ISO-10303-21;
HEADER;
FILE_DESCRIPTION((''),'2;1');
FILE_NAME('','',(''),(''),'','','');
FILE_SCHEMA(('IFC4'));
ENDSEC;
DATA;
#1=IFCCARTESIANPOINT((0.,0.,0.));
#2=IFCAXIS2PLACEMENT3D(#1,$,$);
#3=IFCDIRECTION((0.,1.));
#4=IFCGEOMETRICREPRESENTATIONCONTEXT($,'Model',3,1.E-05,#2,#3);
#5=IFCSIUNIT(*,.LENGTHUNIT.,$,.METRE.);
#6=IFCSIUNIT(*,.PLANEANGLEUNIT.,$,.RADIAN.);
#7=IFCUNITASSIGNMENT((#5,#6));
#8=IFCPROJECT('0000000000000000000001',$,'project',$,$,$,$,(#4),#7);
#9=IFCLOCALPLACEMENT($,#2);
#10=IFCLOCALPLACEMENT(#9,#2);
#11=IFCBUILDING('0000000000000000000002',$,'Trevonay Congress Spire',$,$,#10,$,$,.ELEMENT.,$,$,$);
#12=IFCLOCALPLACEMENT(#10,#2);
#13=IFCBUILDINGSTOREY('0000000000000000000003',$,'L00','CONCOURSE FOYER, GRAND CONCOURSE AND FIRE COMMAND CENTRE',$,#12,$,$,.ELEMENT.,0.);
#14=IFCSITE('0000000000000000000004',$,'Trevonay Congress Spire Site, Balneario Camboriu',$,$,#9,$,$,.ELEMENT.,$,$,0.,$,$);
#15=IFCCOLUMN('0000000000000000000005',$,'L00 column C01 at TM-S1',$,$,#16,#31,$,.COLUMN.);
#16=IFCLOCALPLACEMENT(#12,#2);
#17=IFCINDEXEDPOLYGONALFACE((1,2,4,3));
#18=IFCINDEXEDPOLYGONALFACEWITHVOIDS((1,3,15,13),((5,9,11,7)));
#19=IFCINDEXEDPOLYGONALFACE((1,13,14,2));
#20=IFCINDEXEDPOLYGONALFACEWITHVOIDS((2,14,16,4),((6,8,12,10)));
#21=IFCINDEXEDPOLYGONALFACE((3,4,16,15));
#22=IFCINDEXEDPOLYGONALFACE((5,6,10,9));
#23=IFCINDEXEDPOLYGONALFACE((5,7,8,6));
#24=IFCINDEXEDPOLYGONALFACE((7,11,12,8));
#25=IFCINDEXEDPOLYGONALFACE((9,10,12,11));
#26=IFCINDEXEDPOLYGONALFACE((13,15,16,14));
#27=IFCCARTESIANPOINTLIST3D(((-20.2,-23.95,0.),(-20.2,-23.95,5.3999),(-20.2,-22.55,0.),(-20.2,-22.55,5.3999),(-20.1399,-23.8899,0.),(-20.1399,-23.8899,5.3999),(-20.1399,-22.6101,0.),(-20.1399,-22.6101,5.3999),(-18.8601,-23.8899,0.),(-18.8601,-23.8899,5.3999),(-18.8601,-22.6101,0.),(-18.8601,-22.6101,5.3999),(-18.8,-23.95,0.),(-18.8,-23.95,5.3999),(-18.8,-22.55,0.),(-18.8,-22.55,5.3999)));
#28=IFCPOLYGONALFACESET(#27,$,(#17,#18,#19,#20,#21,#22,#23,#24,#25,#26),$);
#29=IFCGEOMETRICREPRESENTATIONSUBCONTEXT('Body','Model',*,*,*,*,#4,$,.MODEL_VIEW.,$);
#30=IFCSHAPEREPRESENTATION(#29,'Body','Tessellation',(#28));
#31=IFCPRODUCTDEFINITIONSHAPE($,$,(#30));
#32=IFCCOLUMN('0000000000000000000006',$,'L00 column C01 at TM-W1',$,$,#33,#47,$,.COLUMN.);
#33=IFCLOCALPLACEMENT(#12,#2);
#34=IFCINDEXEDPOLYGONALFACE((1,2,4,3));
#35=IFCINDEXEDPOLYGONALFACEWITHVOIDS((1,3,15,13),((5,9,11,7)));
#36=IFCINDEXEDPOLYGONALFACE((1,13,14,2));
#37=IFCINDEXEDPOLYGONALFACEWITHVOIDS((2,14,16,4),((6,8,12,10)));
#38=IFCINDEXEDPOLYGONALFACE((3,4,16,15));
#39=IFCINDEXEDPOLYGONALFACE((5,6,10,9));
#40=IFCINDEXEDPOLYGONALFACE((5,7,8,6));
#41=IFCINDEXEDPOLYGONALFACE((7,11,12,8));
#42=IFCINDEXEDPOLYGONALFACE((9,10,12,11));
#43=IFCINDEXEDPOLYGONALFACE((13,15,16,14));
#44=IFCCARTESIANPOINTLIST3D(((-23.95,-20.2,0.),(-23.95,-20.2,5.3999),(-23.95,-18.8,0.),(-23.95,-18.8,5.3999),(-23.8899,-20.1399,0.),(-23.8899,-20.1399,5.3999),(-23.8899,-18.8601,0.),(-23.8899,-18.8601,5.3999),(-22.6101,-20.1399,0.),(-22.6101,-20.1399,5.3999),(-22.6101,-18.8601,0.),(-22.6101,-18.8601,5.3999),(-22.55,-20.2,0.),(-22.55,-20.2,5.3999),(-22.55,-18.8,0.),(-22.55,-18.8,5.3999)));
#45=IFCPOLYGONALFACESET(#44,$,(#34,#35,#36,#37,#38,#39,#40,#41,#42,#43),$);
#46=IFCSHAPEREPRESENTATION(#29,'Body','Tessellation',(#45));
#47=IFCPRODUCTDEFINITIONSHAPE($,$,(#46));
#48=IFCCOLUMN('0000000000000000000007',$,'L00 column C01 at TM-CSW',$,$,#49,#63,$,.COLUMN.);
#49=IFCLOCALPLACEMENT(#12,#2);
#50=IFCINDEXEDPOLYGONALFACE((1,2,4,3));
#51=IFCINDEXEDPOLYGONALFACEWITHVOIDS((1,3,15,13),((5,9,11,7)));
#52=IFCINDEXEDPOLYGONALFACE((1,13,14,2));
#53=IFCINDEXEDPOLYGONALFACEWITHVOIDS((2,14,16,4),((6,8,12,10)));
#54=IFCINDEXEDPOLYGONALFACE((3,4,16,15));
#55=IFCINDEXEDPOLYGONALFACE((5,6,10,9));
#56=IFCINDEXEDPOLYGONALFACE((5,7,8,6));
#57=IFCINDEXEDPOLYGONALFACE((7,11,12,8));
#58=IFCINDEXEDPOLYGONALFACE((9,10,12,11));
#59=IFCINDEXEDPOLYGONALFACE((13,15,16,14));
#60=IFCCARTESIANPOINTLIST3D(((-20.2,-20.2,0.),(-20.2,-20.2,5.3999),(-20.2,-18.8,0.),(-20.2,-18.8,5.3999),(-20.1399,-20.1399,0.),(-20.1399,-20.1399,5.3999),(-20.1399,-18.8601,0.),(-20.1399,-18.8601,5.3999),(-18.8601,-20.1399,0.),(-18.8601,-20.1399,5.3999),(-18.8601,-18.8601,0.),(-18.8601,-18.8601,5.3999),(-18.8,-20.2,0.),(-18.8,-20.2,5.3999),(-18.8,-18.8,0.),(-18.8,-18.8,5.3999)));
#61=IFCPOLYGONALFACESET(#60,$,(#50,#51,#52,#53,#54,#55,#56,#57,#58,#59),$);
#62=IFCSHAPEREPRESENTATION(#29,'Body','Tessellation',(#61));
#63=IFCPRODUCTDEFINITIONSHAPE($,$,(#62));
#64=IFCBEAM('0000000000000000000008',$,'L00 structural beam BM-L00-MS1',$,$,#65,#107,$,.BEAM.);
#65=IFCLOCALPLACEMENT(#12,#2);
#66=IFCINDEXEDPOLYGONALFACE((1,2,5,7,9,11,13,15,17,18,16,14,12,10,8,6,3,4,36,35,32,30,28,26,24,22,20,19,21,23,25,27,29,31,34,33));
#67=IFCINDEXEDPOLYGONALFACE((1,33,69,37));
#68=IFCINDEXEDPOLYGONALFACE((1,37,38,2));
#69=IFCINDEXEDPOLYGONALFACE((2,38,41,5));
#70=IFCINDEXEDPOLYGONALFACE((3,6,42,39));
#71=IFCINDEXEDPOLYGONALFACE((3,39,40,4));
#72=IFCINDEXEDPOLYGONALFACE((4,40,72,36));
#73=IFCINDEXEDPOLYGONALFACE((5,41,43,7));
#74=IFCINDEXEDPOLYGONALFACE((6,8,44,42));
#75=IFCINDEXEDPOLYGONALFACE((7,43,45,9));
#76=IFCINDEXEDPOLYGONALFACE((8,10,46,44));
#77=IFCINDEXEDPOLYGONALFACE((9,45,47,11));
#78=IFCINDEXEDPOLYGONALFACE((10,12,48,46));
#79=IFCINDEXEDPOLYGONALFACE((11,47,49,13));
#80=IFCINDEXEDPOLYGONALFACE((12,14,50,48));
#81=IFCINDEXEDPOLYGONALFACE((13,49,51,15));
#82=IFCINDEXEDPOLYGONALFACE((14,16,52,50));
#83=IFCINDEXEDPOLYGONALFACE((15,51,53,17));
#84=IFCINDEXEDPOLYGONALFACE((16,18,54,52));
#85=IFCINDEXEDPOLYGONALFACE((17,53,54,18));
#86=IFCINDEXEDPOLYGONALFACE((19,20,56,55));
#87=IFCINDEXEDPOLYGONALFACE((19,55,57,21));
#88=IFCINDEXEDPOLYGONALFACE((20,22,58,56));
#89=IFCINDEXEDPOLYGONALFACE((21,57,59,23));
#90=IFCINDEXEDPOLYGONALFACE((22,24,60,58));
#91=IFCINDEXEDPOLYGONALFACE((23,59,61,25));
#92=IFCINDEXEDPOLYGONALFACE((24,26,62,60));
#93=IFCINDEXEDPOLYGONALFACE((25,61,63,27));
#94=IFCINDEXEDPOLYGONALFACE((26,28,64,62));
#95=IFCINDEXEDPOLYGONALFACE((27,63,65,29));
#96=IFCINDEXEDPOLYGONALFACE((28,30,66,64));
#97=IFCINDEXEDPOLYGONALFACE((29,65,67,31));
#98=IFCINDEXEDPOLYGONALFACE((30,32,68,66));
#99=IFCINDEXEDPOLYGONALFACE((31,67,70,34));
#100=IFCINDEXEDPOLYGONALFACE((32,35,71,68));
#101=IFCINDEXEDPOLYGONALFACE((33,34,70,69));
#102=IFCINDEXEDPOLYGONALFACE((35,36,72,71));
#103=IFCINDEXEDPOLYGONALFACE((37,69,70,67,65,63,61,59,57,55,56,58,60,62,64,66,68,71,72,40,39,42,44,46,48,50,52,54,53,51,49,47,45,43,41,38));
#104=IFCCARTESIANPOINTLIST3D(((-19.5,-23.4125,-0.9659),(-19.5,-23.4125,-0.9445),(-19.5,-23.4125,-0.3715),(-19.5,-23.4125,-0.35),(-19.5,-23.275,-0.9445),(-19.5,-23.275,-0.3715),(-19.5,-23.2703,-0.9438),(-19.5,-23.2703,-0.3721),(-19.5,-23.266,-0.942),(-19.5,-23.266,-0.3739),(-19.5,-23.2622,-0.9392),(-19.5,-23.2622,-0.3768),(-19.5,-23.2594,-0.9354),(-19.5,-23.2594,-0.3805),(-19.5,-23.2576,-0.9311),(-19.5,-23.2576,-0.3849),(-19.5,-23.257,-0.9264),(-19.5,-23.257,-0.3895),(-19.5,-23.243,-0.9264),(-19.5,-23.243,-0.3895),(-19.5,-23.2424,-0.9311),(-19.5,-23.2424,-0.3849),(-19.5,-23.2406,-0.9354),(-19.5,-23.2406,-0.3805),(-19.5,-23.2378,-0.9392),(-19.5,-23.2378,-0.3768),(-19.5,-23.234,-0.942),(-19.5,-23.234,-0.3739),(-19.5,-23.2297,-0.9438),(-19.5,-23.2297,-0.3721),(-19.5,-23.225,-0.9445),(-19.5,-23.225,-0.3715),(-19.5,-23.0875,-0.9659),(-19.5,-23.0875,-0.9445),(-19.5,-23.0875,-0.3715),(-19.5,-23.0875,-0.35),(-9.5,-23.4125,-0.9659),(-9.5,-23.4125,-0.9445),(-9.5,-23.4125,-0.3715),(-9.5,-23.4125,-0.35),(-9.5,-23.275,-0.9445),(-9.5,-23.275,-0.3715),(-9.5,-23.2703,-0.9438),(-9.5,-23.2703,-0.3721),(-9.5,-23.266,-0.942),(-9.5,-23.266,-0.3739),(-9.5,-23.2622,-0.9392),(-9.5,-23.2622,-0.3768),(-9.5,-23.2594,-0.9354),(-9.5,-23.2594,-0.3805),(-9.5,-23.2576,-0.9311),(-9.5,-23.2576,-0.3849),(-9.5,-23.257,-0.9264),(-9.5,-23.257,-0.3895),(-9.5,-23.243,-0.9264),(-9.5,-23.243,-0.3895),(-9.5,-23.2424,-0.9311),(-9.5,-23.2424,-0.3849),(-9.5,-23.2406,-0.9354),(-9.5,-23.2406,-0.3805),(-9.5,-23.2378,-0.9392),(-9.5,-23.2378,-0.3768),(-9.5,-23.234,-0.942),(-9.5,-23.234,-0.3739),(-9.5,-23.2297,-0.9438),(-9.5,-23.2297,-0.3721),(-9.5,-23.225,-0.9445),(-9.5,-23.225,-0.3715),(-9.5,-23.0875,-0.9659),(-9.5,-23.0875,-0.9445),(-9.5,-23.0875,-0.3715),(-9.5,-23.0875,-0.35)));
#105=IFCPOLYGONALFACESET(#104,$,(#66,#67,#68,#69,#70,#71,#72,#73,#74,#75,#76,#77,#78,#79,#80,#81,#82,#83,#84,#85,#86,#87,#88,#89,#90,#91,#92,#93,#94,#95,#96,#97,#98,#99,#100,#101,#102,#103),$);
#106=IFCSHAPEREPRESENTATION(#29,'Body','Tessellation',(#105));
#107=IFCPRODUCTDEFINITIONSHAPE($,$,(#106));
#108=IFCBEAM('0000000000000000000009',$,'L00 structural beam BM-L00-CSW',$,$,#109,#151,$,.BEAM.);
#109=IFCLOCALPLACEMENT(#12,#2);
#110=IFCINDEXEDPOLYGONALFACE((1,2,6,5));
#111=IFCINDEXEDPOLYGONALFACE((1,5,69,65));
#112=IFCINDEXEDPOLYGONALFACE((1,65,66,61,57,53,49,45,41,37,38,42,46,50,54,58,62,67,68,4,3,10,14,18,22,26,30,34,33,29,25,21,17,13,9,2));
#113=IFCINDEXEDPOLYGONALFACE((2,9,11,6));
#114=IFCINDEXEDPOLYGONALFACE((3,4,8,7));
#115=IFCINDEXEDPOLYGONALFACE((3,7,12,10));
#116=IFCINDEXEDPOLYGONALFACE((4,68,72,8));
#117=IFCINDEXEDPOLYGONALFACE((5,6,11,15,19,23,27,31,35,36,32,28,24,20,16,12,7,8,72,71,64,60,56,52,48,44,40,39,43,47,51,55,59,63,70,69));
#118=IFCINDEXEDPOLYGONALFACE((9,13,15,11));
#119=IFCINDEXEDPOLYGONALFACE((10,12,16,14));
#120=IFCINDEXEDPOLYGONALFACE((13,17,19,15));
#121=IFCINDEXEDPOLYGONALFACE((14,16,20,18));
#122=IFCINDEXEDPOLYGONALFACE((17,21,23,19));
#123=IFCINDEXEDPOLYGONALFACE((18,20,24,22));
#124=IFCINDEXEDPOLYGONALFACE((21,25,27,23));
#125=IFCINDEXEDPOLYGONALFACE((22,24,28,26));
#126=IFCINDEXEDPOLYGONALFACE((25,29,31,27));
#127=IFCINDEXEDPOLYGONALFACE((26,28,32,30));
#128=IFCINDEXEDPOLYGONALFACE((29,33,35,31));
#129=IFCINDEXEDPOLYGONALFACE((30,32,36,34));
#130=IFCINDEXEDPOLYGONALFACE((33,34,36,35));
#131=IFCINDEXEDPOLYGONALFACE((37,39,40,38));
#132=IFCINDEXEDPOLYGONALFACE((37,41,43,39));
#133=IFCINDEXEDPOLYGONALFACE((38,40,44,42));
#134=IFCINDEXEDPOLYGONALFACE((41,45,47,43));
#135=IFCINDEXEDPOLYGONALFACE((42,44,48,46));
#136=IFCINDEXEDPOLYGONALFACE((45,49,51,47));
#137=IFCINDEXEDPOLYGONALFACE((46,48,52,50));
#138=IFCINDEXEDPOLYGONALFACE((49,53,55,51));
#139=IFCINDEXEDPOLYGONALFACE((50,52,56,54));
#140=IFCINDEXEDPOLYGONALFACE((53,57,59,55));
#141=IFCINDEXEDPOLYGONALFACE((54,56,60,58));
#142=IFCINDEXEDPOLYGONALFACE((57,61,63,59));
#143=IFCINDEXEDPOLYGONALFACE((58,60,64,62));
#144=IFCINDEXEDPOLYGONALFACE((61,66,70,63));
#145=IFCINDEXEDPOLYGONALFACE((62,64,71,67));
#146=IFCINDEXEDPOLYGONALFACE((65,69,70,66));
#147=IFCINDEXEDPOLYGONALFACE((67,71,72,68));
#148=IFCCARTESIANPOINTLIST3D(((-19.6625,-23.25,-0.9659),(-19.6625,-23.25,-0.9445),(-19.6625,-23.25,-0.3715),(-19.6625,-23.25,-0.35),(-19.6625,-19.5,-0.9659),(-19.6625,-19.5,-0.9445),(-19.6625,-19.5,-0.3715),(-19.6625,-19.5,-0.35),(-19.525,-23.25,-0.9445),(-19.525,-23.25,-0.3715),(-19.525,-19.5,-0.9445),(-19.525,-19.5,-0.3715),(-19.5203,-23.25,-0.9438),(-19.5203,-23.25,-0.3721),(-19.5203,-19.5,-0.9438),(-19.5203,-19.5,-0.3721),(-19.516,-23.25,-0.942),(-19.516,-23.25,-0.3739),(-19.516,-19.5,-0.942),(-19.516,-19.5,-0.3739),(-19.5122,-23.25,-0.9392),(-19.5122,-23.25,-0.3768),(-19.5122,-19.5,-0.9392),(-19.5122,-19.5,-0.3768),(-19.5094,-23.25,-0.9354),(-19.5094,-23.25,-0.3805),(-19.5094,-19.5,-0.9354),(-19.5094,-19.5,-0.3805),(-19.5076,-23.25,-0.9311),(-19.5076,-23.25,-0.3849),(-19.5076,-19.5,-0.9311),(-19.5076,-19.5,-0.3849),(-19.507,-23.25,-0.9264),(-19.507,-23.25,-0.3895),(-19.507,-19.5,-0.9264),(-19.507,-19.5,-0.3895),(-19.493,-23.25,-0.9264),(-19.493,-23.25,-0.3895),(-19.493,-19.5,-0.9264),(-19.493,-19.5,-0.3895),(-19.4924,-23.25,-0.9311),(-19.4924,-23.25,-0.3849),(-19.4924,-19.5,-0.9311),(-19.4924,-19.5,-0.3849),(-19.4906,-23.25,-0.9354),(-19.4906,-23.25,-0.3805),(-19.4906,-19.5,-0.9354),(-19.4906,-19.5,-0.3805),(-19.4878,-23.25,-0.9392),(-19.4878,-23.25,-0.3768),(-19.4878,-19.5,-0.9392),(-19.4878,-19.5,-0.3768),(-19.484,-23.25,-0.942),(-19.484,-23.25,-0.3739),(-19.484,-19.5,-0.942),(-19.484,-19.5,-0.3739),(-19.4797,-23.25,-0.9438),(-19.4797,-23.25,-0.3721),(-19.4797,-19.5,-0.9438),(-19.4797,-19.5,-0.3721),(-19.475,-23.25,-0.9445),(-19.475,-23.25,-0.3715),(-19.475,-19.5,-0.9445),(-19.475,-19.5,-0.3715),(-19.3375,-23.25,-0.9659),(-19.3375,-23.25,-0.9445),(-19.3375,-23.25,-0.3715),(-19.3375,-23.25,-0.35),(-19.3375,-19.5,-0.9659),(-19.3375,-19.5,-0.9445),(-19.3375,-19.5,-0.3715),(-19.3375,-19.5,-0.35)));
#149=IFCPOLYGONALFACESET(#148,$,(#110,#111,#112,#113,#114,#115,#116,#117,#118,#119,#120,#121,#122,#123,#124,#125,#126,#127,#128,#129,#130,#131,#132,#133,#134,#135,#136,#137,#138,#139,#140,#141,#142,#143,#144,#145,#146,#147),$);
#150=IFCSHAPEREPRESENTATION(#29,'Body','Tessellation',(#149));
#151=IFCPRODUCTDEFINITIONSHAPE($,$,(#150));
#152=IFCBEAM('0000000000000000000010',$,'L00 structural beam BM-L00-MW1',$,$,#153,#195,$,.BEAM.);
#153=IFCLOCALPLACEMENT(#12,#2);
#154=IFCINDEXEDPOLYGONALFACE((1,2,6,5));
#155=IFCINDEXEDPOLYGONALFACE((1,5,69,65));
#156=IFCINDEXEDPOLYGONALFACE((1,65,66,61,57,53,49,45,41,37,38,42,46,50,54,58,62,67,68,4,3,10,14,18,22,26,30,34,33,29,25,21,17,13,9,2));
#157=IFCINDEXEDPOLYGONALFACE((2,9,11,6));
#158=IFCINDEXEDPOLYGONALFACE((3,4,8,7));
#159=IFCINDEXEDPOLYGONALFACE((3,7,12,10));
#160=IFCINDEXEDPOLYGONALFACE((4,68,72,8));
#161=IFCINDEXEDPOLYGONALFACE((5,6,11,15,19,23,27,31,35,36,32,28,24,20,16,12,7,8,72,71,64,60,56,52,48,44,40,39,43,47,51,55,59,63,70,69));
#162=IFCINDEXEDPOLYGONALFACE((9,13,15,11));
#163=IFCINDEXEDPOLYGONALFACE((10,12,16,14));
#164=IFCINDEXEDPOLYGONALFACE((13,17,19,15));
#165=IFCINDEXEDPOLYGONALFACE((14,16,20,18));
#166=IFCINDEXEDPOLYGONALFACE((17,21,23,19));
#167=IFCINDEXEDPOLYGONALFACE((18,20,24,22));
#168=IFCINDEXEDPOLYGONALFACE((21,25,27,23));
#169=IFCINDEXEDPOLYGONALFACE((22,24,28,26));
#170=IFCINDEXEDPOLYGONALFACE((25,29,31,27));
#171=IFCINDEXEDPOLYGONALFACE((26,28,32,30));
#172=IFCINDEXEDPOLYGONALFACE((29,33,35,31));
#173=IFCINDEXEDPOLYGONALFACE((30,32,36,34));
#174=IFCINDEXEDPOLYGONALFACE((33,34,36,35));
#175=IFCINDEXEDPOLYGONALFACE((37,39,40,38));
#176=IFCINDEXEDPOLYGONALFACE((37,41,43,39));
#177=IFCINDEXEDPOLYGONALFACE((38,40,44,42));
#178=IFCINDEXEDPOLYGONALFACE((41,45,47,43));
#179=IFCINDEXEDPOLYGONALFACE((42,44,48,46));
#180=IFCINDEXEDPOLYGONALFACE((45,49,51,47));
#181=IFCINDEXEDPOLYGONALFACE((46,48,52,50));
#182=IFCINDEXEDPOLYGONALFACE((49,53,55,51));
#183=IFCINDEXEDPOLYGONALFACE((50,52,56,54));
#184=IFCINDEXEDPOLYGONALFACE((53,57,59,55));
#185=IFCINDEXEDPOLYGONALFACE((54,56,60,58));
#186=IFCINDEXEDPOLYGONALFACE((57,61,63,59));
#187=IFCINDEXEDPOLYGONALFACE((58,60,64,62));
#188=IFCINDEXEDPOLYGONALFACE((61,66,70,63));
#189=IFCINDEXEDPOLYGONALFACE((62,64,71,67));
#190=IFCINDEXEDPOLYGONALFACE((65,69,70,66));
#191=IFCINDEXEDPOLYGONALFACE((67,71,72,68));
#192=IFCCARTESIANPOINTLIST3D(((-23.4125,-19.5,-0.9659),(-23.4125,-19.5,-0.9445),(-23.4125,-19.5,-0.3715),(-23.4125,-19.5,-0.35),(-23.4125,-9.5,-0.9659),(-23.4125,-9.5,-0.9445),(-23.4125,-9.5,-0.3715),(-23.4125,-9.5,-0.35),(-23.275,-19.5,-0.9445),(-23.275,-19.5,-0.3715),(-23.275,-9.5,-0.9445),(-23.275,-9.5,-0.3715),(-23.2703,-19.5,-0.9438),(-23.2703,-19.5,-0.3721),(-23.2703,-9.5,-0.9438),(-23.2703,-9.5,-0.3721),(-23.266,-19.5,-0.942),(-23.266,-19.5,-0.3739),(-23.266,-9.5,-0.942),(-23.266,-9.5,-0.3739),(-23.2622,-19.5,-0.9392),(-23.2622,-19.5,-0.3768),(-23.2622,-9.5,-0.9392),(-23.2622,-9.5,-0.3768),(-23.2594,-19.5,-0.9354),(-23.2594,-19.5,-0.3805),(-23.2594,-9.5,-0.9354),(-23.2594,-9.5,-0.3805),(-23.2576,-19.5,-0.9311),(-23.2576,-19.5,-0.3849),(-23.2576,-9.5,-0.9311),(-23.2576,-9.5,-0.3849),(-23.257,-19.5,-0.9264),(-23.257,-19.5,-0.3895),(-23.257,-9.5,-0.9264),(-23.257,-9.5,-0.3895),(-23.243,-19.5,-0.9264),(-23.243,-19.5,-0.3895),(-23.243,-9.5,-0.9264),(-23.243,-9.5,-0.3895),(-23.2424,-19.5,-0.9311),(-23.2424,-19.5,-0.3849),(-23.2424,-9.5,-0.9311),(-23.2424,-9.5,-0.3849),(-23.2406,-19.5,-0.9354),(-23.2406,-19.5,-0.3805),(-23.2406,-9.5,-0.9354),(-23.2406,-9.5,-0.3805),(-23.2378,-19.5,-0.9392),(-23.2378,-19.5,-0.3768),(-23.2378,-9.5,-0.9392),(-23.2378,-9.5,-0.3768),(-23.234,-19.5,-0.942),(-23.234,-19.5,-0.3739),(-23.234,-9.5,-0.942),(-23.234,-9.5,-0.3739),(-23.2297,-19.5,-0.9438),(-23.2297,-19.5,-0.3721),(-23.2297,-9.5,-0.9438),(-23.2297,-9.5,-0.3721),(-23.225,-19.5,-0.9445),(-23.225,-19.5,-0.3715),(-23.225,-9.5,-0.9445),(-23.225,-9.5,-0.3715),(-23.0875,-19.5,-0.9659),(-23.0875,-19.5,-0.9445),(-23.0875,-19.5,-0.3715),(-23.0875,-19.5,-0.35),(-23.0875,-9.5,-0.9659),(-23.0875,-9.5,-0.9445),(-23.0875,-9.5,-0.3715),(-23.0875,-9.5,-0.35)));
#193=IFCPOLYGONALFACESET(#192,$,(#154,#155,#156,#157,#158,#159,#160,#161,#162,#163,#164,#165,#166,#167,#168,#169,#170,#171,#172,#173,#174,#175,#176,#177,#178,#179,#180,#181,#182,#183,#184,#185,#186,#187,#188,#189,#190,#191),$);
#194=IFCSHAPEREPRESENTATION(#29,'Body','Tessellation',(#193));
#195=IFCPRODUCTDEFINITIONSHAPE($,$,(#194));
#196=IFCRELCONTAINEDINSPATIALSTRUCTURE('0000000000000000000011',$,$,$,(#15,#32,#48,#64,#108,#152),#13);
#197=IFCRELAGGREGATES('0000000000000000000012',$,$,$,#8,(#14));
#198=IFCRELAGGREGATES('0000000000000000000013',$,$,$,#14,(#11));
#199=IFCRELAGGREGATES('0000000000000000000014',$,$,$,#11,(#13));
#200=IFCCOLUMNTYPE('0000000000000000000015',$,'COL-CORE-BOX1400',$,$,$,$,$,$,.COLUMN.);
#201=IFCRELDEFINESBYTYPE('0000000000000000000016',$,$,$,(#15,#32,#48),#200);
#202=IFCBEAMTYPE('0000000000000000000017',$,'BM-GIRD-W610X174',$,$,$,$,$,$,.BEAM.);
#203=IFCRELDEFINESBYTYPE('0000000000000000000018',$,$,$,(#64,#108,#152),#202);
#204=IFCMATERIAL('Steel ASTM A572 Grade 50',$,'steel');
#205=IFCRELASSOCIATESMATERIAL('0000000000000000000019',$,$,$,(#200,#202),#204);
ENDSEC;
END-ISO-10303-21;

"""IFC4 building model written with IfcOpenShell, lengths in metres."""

from ifc_helpers import new_model, si_unit, direction, frame, origin, origin_2d, place, context, subcontext, project, spatial, hollow_rectangle, i_section, extrude, material, material_profile, profile_set, type_object, element, save


model = new_model("IFC4")

# Units and contexts
model_context = context("Model", 3, precision=1e-05, world=origin(), true_north=direction((0.0, 1.0)))
body_context = subcontext(model_context, "Body", "Model", "MODEL_VIEW")
ifc_project = project(units=[si_unit("LENGTHUNIT", "METRE"), si_unit("PLANEANGLEUNIT", "RADIAN")], contexts=[model_context])

# Site, building, storey
site_placement = place(None, origin())
site = spatial("IfcSite", under=ifc_project, at=site_placement, Name="Trevonay Congress Spire Site, Balneario Camboriu", CompositionType="ELEMENT", RefElevation=0.0)
building_placement = place(site_placement, origin())
building = spatial("IfcBuilding", under=site, at=building_placement, Name="Trevonay Congress Spire", CompositionType="ELEMENT")
storey_placement = place(building_placement, origin())
storey = spatial("IfcBuildingStorey", under=building, at=storey_placement, Name="L00", Description="CONCOURSE FOYER, GRAND CONCOURSE AND FIRE COMMAND CENTRE", CompositionType="ELEMENT", Elevation=0.0)

# Columns
ifc_material_1 = material(Name="Steel ASTM A572 Grade 50", Category="steel")
ifc_material_profile_1 = material_profile(ifc_material_1, hollow_rectangle(XDim=1.3999, YDim=1.3999, WallThickness=0.0601, at=origin_2d()), Name="BOX 1400x1400x60")
ifc_profile_set_1 = profile_set([ifc_material_profile_1], Name="Steel ASTM A572 Grade 50")
column_type = type_object("IfcColumnType", Name="COL-CORE-BOX1400", PredefinedType="COLUMN", material=ifc_profile_set_1)
for number, where, z_axis, x_axis, name in (
    (1, (-19.5, -23.25, 0.0), (0.0, 0.0, 1.0), (1.0, 0.0, 0.0), "L00 column C01 at TM-S1"),
    (2, (-23.25, -19.5, 0.0), (0.0, 0.0, 1.0), (1.0, 0.0, 0.0), "L00 column C01 at TM-W1"),
    (3, (-19.5, -19.5, 0.0), (0.0, 0.0, 1.0), (1.0, 0.0, 0.0), "L00 column C01 at TM-CSW"),
):
    element("IfcColumn", number, at=place(storey_placement, frame(where, z_axis=z_axis, x_axis=x_axis)), inside=storey, type_object=column_type, Name=name, PredefinedType="COLUMN", context=body_context, shape_type="SweptSolid", body=[
        extrude(hollow_rectangle(XDim=1.3999, YDim=1.3999, WallThickness=0.0601, at=origin_2d()), origin(), (0.0, 0.0, 1.0), 5.3999),
    ])

# Beams
ifc_material_profile_2 = material_profile(ifc_material_1, i_section(OverallWidth=0.325, OverallDepth=0.616, WebThickness=0.0139, FlangeThickness=0.0215, FilletRadius=0.0181, at=origin_2d()), Name="W610x174")
ifc_profile_set_2 = profile_set([ifc_material_profile_2], Name="Steel ASTM A572 Grade 50")
beam_type = type_object("IfcBeamType", Name="BM-GIRD-W610X174", PredefinedType="BEAM", material=ifc_profile_set_2)
beam_1_placement = place(storey_placement, frame((-19.5, -23.25, -0.658), z_axis=(1.0, 0.0, 0.0), x_axis=(0.0, 1.0, 0.0)))
element("IfcBeam", 4, at=beam_1_placement, inside=storey, type_object=beam_type, Name="L00 structural beam BM-L00-MS1", PredefinedType="BEAM", context=body_context, shape_type="SweptSolid", body=[
    extrude(i_section(OverallWidth=0.325, OverallDepth=0.616, WebThickness=0.0139, FlangeThickness=0.0215, FilletRadius=0.0181, at=origin_2d()), origin(), (0.0, 0.0, 1.0), 10.0),
])
beam_2_placement = place(storey_placement, frame((-19.5, -23.25, -0.658), z_axis=(0.0, 1.0, 0.0), x_axis=(-1.0, 0.0, 0.0)))
element("IfcBeam", 5, at=beam_2_placement, inside=storey, type_object=beam_type, Name="L00 structural beam BM-L00-CSW", PredefinedType="BEAM", context=body_context, shape_type="SweptSolid", body=[
    extrude(i_section(OverallWidth=0.325, OverallDepth=0.616, WebThickness=0.0139, FlangeThickness=0.0215, FilletRadius=0.0181, at=origin_2d()), origin(), (0.0, 0.0, 1.0), 3.75),
])
beam_3_placement = place(storey_placement, frame((-23.25, -19.5, -0.658), z_axis=(0.0, 1.0, 0.0), x_axis=(-1.0, 0.0, 0.0)))
element("IfcBeam", 6, at=beam_3_placement, inside=storey, type_object=beam_type, Name="L00 structural beam BM-L00-MW1", PredefinedType="BEAM", context=body_context, shape_type="SweptSolid", body=[
    extrude(i_section(OverallWidth=0.325, OverallDepth=0.616, WebThickness=0.0139, FlangeThickness=0.0215, FilletRadius=0.0181, at=origin_2d()), origin(), (0.0, 0.0, 1.0), 10.0),
])

save(model, "model.ifc")
